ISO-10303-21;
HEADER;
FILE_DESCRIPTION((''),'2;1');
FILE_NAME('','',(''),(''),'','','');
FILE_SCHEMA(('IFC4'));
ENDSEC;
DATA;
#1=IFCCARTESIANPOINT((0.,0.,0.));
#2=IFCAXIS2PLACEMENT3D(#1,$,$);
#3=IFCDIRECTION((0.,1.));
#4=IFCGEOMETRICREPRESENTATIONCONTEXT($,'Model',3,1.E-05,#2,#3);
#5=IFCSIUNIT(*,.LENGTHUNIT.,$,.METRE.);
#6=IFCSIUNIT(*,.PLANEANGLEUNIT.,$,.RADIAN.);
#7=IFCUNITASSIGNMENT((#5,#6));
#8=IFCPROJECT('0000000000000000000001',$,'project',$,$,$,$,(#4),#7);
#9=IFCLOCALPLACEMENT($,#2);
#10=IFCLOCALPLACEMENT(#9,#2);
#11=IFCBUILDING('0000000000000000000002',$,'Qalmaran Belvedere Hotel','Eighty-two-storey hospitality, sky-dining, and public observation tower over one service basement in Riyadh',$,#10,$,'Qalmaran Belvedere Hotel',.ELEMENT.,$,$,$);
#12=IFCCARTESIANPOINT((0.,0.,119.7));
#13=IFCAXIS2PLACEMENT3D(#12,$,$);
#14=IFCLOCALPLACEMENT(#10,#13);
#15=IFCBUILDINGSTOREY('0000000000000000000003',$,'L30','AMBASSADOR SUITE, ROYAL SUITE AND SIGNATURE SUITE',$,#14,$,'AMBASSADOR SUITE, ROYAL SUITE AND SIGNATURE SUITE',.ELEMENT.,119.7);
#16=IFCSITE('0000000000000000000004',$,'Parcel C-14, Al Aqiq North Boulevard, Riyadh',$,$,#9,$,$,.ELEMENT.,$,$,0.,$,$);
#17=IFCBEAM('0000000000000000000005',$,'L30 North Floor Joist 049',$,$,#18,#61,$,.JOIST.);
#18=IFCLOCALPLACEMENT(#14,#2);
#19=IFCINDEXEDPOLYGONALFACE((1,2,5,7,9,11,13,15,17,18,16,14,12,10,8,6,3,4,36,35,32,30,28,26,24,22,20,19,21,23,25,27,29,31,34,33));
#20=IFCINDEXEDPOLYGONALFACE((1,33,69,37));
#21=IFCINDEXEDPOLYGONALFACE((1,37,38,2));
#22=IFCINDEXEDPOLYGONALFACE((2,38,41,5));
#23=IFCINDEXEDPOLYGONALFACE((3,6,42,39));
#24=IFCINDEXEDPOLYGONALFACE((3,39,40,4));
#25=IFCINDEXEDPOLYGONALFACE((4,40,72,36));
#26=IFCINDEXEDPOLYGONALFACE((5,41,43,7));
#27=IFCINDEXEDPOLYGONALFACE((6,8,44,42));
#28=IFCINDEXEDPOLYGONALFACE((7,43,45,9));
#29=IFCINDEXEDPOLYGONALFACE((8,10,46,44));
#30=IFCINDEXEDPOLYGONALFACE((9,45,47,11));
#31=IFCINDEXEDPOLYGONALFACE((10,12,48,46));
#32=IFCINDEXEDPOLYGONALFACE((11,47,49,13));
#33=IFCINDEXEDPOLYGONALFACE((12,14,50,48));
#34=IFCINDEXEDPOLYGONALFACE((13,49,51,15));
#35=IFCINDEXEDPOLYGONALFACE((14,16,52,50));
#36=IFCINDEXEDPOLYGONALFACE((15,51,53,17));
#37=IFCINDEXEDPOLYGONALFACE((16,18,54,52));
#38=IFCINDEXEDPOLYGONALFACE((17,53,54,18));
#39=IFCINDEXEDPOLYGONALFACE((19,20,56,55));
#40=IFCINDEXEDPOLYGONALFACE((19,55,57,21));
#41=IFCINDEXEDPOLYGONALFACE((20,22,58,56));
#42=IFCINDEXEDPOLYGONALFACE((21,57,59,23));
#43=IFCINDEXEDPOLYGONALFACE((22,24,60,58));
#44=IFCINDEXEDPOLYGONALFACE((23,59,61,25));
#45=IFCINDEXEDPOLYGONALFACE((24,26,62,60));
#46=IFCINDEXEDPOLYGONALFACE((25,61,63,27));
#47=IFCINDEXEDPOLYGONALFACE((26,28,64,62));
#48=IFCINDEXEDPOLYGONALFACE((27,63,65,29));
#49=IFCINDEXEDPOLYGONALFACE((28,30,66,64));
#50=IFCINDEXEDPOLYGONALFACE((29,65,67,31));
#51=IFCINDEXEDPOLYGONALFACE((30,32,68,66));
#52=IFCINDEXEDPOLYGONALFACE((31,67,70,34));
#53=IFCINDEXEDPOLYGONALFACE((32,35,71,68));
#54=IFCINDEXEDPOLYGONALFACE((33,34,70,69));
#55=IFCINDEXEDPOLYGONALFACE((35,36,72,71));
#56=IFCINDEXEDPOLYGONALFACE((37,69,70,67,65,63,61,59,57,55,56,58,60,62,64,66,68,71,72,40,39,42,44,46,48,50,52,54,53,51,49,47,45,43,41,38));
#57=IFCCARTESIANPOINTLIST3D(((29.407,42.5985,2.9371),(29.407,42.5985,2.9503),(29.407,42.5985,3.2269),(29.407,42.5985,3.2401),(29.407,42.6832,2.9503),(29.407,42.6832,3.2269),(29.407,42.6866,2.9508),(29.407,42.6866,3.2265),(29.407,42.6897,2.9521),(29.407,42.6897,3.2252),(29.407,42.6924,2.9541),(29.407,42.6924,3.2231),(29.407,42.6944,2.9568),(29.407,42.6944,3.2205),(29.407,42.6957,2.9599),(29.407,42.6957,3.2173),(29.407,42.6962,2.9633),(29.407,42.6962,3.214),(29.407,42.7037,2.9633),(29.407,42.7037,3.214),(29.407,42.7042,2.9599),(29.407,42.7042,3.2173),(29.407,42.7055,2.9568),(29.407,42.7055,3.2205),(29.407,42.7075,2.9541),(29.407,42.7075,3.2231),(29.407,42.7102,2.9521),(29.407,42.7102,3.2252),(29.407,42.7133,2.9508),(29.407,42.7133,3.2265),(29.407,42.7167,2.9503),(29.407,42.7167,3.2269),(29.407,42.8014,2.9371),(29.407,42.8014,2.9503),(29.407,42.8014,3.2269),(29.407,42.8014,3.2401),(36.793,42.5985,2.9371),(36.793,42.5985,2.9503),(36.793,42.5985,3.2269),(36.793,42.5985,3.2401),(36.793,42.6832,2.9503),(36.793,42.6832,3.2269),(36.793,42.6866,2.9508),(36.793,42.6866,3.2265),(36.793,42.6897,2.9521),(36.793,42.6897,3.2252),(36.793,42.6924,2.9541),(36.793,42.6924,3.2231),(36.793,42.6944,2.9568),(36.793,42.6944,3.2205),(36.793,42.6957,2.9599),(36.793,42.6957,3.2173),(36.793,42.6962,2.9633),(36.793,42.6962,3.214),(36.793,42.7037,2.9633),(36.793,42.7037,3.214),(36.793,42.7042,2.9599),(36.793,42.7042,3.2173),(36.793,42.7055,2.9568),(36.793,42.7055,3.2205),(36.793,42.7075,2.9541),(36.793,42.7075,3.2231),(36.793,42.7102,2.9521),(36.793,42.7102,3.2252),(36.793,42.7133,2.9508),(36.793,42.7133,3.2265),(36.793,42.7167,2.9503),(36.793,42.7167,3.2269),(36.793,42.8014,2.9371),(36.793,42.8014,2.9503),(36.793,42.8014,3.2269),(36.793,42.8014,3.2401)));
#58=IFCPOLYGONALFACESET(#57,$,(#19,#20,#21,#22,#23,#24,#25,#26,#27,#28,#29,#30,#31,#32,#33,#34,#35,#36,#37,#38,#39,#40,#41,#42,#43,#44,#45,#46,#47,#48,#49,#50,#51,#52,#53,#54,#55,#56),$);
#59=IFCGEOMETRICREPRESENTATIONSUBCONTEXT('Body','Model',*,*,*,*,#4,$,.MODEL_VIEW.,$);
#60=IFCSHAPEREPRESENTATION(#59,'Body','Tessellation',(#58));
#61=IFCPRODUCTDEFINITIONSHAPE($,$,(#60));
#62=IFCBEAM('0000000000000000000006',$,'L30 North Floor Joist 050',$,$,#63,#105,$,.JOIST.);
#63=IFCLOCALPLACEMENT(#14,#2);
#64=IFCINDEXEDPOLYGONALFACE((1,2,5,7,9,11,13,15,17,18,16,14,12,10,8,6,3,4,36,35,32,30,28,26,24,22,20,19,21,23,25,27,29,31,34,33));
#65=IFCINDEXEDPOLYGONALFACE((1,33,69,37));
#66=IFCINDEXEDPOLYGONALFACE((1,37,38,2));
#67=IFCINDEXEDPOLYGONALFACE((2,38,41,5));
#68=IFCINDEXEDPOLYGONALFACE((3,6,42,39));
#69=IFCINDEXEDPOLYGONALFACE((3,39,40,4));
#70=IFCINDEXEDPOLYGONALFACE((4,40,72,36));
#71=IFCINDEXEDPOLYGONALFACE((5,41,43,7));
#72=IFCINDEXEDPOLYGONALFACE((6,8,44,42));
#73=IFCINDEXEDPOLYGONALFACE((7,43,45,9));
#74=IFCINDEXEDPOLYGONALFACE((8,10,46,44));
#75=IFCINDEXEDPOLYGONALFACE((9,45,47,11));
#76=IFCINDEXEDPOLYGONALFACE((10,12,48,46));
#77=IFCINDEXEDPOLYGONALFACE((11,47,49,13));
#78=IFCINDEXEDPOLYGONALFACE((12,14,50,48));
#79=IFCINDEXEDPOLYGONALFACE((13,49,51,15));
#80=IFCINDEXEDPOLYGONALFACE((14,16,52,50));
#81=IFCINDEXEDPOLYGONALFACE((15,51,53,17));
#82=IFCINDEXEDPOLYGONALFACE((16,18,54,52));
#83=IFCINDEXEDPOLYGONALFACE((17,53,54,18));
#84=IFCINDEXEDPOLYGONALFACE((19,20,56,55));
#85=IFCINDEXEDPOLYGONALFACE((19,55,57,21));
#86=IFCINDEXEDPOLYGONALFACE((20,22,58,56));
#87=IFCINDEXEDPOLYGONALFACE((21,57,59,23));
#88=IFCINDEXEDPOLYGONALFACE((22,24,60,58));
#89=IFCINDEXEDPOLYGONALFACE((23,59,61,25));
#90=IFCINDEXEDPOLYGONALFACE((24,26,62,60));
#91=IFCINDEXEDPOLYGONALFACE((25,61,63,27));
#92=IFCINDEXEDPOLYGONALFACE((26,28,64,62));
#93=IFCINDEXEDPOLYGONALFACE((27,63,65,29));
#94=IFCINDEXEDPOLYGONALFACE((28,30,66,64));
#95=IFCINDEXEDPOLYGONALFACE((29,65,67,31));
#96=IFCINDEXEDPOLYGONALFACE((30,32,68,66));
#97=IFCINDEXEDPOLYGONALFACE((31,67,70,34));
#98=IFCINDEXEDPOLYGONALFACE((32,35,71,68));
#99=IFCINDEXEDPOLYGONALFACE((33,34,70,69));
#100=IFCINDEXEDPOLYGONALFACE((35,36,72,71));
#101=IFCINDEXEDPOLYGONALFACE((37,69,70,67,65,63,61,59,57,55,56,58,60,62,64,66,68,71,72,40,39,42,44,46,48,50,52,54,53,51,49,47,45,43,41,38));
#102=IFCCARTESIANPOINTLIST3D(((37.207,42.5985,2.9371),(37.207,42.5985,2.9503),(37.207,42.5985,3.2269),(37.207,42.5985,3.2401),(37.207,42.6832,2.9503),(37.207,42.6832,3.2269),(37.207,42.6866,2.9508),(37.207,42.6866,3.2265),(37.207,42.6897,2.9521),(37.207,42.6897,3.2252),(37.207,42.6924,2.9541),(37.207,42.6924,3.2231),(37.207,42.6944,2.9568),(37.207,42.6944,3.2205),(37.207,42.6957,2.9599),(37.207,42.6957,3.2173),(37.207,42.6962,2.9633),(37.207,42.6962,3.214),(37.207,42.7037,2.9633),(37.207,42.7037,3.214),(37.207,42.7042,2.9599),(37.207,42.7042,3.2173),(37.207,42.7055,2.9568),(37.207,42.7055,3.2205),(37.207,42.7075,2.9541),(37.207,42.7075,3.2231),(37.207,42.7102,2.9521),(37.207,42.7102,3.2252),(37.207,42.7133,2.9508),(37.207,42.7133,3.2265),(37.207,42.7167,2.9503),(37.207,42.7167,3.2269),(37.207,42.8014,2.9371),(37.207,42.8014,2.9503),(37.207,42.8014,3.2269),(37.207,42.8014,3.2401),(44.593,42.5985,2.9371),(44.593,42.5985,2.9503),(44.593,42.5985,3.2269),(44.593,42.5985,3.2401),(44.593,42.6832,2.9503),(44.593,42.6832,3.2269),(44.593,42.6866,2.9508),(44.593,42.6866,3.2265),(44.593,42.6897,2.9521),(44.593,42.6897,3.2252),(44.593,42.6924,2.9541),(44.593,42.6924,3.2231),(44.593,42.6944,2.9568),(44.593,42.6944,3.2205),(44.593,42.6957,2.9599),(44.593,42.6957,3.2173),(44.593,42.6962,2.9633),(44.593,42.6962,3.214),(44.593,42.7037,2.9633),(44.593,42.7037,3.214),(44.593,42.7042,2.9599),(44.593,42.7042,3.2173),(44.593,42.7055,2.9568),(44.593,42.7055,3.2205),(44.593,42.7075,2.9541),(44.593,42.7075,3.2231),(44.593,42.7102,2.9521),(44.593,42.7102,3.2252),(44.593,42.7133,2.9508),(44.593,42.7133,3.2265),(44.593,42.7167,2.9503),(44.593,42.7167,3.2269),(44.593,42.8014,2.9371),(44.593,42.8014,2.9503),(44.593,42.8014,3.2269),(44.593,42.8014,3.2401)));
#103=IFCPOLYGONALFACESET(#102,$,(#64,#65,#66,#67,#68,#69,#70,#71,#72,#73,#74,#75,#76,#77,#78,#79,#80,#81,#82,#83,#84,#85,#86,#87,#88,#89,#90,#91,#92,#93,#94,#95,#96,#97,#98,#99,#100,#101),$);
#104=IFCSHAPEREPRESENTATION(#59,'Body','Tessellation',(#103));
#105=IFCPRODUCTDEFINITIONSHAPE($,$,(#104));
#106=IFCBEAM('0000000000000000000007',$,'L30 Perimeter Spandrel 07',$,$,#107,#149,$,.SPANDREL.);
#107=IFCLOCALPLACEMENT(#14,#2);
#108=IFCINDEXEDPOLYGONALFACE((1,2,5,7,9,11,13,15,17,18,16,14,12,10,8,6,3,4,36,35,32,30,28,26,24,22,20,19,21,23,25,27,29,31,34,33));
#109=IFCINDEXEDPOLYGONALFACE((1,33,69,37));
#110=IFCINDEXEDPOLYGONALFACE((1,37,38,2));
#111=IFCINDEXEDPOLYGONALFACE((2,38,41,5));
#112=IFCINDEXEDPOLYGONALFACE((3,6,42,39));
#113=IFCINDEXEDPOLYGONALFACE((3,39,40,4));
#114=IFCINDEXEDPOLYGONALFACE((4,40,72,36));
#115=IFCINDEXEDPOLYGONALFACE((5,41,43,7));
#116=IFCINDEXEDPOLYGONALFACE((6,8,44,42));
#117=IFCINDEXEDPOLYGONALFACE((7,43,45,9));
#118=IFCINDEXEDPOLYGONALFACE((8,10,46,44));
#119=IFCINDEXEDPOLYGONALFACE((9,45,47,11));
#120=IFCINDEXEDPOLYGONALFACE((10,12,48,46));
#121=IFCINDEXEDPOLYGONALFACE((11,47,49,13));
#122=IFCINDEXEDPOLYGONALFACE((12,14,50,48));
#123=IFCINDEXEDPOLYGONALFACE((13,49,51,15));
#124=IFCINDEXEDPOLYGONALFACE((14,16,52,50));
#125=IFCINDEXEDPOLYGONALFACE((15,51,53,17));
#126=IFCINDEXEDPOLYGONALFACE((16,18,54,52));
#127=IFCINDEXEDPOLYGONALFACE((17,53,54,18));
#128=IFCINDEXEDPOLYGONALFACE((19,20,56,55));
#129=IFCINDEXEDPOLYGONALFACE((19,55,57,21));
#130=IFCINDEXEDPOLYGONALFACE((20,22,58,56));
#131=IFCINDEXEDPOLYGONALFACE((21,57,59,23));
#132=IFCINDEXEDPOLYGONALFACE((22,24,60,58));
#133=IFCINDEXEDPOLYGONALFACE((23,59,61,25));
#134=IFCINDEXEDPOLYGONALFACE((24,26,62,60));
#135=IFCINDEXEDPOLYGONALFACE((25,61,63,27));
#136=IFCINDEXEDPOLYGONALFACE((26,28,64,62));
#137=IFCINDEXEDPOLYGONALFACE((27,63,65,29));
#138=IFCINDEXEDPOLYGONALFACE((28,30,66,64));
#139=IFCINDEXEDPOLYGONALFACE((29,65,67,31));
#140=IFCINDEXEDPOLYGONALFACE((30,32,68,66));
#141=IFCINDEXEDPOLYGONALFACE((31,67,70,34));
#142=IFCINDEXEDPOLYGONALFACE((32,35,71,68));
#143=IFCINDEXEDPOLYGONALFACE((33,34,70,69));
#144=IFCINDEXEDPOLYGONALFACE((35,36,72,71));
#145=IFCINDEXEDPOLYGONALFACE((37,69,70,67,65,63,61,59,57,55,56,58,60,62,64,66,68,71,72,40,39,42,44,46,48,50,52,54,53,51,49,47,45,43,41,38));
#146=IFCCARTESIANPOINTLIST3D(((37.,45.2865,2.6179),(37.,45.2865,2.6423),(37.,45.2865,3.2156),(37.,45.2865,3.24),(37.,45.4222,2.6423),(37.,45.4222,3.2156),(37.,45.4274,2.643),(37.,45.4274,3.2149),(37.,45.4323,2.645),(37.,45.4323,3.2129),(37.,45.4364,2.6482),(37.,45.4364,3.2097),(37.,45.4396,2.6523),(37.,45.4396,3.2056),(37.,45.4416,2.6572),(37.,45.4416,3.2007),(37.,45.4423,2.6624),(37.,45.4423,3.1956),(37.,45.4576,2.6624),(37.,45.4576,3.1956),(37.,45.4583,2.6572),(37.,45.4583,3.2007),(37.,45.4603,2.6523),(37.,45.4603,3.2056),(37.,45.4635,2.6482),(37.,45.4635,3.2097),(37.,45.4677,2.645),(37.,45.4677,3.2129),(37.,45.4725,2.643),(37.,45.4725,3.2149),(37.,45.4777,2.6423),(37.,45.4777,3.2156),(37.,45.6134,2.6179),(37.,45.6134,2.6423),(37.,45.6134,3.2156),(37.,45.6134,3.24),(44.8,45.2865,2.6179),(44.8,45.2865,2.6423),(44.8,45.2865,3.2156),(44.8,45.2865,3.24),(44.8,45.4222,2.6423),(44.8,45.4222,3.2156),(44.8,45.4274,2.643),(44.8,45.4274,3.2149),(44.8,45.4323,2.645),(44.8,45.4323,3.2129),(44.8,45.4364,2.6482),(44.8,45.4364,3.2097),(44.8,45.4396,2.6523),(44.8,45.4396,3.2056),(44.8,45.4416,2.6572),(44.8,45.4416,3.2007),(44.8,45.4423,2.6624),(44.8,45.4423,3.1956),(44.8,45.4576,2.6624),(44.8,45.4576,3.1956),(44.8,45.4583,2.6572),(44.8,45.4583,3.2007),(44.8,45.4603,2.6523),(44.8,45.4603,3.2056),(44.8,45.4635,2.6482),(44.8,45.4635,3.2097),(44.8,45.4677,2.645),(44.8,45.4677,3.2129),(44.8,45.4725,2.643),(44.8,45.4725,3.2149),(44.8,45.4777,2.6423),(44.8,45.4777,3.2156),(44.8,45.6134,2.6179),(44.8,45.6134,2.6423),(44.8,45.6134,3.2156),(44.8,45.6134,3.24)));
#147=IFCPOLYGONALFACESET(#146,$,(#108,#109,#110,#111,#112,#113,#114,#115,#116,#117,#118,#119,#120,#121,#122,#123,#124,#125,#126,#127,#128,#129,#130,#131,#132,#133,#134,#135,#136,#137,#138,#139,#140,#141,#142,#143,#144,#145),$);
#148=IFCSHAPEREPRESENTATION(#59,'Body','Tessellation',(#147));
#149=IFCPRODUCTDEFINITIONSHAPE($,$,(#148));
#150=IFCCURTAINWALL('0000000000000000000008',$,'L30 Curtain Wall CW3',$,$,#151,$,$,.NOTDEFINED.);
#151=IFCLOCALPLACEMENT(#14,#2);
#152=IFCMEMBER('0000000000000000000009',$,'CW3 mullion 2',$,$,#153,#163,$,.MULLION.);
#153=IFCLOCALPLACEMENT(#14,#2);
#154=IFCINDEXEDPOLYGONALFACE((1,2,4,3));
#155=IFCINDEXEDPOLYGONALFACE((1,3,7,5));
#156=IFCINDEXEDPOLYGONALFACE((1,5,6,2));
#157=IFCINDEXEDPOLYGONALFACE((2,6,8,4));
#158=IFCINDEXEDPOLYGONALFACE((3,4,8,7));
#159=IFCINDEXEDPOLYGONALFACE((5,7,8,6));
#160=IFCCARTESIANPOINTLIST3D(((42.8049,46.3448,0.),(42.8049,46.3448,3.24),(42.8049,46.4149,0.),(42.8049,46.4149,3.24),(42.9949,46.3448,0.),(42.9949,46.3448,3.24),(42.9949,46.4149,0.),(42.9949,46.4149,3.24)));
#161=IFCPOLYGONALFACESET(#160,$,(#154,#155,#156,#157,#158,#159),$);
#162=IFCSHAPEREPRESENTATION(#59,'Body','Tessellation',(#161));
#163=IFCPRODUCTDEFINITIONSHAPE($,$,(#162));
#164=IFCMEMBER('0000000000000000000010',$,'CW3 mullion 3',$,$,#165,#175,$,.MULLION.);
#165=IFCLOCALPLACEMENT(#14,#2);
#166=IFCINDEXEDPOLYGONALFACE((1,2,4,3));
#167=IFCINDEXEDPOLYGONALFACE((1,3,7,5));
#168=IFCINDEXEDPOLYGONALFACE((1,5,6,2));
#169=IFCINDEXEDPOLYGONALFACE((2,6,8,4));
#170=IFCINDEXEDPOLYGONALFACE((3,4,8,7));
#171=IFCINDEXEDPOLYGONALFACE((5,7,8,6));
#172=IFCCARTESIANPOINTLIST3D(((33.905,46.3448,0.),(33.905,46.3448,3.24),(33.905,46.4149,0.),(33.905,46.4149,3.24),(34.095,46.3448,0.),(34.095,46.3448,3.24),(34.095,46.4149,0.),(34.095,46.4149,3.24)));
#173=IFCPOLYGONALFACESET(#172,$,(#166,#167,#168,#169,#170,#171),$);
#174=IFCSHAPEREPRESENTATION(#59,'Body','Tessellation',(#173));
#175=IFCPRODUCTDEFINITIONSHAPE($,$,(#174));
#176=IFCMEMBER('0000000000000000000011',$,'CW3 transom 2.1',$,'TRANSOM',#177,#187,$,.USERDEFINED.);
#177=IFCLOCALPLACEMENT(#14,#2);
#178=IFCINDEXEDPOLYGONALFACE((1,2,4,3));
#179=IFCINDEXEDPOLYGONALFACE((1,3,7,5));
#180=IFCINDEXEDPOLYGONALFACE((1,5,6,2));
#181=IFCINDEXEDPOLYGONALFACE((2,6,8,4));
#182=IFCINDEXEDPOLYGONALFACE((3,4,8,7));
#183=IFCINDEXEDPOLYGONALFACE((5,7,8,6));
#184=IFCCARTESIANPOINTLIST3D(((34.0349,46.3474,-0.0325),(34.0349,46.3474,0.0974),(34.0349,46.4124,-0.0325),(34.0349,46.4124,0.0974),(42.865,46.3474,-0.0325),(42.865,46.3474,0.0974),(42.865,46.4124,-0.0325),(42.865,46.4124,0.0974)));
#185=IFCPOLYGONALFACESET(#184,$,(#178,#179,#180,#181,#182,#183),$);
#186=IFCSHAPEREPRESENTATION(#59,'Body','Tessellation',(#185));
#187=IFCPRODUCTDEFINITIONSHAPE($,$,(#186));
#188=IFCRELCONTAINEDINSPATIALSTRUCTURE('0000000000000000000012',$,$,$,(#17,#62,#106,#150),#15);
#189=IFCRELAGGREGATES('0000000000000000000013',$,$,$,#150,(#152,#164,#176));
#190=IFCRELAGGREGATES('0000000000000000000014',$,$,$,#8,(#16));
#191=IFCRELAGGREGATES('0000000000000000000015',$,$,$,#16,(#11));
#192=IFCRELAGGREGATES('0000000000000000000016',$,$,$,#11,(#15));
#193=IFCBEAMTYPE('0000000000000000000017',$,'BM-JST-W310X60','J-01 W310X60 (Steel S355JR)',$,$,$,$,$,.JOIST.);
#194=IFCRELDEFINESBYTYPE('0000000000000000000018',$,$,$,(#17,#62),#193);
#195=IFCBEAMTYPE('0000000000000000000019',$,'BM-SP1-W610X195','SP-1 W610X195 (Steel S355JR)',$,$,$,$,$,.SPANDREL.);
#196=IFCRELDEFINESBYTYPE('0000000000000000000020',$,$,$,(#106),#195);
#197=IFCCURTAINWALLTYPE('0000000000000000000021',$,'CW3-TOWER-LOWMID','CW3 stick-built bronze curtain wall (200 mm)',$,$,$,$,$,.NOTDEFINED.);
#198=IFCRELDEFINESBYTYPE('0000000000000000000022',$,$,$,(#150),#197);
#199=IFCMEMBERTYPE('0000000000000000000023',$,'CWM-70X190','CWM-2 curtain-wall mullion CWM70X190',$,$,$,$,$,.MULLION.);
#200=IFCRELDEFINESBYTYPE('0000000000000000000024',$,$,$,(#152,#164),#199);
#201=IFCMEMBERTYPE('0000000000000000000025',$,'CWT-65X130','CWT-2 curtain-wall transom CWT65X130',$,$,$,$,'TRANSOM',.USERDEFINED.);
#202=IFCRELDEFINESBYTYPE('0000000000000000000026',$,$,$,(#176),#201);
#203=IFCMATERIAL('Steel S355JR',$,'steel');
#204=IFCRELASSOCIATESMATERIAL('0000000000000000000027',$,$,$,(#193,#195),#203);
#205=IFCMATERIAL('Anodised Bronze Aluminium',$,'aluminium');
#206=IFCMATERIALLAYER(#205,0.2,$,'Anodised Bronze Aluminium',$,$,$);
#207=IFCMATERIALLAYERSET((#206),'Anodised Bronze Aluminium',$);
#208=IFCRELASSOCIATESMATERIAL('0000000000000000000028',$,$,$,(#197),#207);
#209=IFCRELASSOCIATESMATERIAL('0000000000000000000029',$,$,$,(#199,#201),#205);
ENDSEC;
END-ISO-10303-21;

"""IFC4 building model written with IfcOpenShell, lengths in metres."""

from ifc_helpers import new_model, si_unit, direction, frame, origin, origin_2d, place, context, subcontext, project, spatial, rectangle, i_section, extrude, material, layer, layer_set, material_profile, profile_set, type_object, element, aggregate, save


model = new_model("IFC4")

# Units and contexts
model_context = context("Model", 3, precision=1e-05, world=origin(), true_north=direction((0.0, 1.0)))
body_context = subcontext(model_context, "Body", "Model", "MODEL_VIEW")
ifc_project = project(units=[si_unit("LENGTHUNIT", "METRE"), si_unit("PLANEANGLEUNIT", "RADIAN")], contexts=[model_context])

# Site, building, storey
site_placement = place(None, origin())
site = spatial("IfcSite", under=ifc_project, at=site_placement, Name="Parcel C-14, Al Aqiq North Boulevard, Riyadh", CompositionType="ELEMENT", RefElevation=0.0)
building_placement = place(site_placement, origin())
building = spatial("IfcBuilding", under=site, at=building_placement, Name="Qalmaran Belvedere Hotel", Description="Eighty-two-storey hospitality, sky-dining, and public observation tower over one service basement in Riyadh", LongName="Qalmaran Belvedere Hotel", CompositionType="ELEMENT")
storey_placement = place(building_placement, frame((0.0, 0.0, 119.7)))
storey = spatial("IfcBuildingStorey", under=building, at=storey_placement, Name="L30", Description="AMBASSADOR SUITE, ROYAL SUITE AND SIGNATURE SUITE", LongName="AMBASSADOR SUITE, ROYAL SUITE AND SIGNATURE SUITE", CompositionType="ELEMENT", Elevation=119.7)

# Beams
ifc_material_1 = material(Name="Steel S355JR", Category="steel")
ifc_material_profile_1 = material_profile(ifc_material_1, i_section(OverallWidth=0.2029, OverallDepth=0.303, WebThickness=0.0076, FlangeThickness=0.0132, FilletRadius=0.0129, at=origin_2d()), Name="W310X60")
ifc_profile_set_1 = profile_set([ifc_material_profile_1], Name="Steel S355JR")
beam_type_1 = type_object("IfcBeamType", Name="BM-JST-W310X60", Description="J-01 W310X60 (Steel S355JR)", PredefinedType="JOIST", material=ifc_profile_set_1)
for number, where, z_axis, x_axis, name in (
    (1, (29.407, 42.7, 3.0886), (1.0, 0.0, 0.0), (0.0, 1.0, 0.0), "L30 North Floor Joist 049"),
    (2, (37.207, 42.7, 3.0886), (1.0, 0.0, 0.0), (0.0, 1.0, 0.0), "L30 North Floor Joist 050"),
):
    element("IfcBeam", number, at=place(storey_placement, frame(where, z_axis=z_axis, x_axis=x_axis)), inside=storey, type_object=beam_type_1, Name=name, PredefinedType="JOIST", context=body_context, shape_type="SweptSolid", body=[
        extrude(i_section(OverallWidth=0.2029, OverallDepth=0.303, WebThickness=0.0076, FlangeThickness=0.0132, FilletRadius=0.0129, at=origin_2d()), origin(), (0.0, 0.0, 1.0), 7.386),
    ])
ifc_material_profile_2 = material_profile(ifc_material_1, i_section(OverallWidth=0.3269, OverallDepth=0.6221, WebThickness=0.0154, FlangeThickness=0.0244, FilletRadius=0.02, at=origin_2d()), Name="W610X195")
ifc_profile_set_2 = profile_set([ifc_material_profile_2], Name="Steel S355JR")
beam_type_2 = type_object("IfcBeamType", Name="BM-SP1-W610X195", Description="SP-1 W610X195 (Steel S355JR)", PredefinedType="SPANDREL", material=ifc_profile_set_2)
beam_placement = place(storey_placement, frame((37.0, 45.45, 2.929), z_axis=(1.0, 0.0, 0.0), x_axis=(0.0, 1.0, 0.0)))
element("IfcBeam", 3, at=beam_placement, inside=storey, type_object=beam_type_2, Name="L30 Perimeter Spandrel 07", PredefinedType="SPANDREL", context=body_context, shape_type="SweptSolid", body=[
    extrude(i_section(OverallWidth=0.3269, OverallDepth=0.6221, WebThickness=0.0154, FlangeThickness=0.0244, FilletRadius=0.02, at=origin_2d()), origin(), (0.0, 0.0, 1.0), 7.8),
])

# Curtain wall, members
ifc_material_2 = material(Name="Anodised Bronze Aluminium", Category="aluminium")
ifc_layer_1 = layer(ifc_material_2, 0.2, Name="Anodised Bronze Aluminium")
ifc_layer_set_1 = layer_set([ifc_layer_1], Name="Anodised Bronze Aluminium")
curtain_wall_type = type_object("IfcCurtainWallType", Name="CW3-TOWER-LOWMID", Description="CW3 stick-built bronze curtain wall (200 mm)", PredefinedType="NOTDEFINED", material=ifc_layer_set_1)
curtain_wall_placement = place(storey_placement, origin())
curtain_wall = element("IfcCurtainWall", 4, at=curtain_wall_placement, inside=storey, type_object=curtain_wall_type, Name="L30 Curtain Wall CW3", PredefinedType="NOTDEFINED")
ifc_material_profile_3 = material_profile(ifc_material_2, rectangle(XDim=0.0701, YDim=0.1899, at=origin_2d()), Name="CWM70X190")
ifc_profile_set_3 = profile_set([ifc_material_profile_3], Name="Anodised Bronze Aluminium")
member_type_1 = type_object("IfcMemberType", Name="CWM-70X190", Description="CWM-2 curtain-wall mullion CWM70X190", PredefinedType="MULLION", material=ifc_profile_set_3)
member_1_placement = place(storey_placement, frame((42.8999, 46.3799, 0.0), z_axis=(0.0, 0.0, 1.0), x_axis=(0.0, -1.0, 0.0)))
member_1 = element("IfcMember", 5, at=member_1_placement, type_object=member_type_1, Name="CW3 mullion 2", PredefinedType="MULLION", context=body_context, shape_type="SweptSolid", body=[
    extrude(rectangle(XDim=0.0701, YDim=0.1899, at=origin_2d()), origin(), (0.0, 0.0, 1.0), 3.24),
])
member_2_placement = place(storey_placement, frame((34.0, 46.3799, 0.0), z_axis=(0.0, 0.0, 1.0), x_axis=(0.0, -1.0, 0.0)))
member_2 = element("IfcMember", 6, at=member_2_placement, type_object=member_type_1, Name="CW3 mullion 3", PredefinedType="MULLION", context=body_context, shape_type="SweptSolid", body=[
    extrude(rectangle(XDim=0.0701, YDim=0.1899, at=origin_2d()), origin(), (0.0, 0.0, 1.0), 3.24),
])
ifc_material_profile_4 = material_profile(ifc_material_2, rectangle(XDim=0.0649, YDim=0.1299, at=origin_2d()), Name="CWT65X130")
ifc_profile_set_4 = profile_set([ifc_material_profile_4], Name="Anodised Bronze Aluminium")
member_type_2 = type_object("IfcMemberType", Name="CWT-65X130", Description="CWT-2 curtain-wall transom CWT65X130", ElementType="TRANSOM", PredefinedType="USERDEFINED", material=ifc_profile_set_4)
member_3_placement = place(storey_placement, frame((42.865, 46.3799, 0.0325), z_axis=(-1.0, 0.0, 0.0), x_axis=(0.0, -1.0, 0.0)))
member_3 = element("IfcMember", 7, at=member_3_placement, type_object=member_type_2, Name="CW3 transom 2.1", ObjectType="TRANSOM", PredefinedType="USERDEFINED", context=body_context, shape_type="SweptSolid", body=[
    extrude(rectangle(XDim=0.0649, YDim=0.1299, at=origin_2d()), origin(), (0.0, 0.0, 1.0), 8.8301),
])
aggregate(curtain_wall, [member_1, member_2, member_3])

save(model, "model.ifc")
